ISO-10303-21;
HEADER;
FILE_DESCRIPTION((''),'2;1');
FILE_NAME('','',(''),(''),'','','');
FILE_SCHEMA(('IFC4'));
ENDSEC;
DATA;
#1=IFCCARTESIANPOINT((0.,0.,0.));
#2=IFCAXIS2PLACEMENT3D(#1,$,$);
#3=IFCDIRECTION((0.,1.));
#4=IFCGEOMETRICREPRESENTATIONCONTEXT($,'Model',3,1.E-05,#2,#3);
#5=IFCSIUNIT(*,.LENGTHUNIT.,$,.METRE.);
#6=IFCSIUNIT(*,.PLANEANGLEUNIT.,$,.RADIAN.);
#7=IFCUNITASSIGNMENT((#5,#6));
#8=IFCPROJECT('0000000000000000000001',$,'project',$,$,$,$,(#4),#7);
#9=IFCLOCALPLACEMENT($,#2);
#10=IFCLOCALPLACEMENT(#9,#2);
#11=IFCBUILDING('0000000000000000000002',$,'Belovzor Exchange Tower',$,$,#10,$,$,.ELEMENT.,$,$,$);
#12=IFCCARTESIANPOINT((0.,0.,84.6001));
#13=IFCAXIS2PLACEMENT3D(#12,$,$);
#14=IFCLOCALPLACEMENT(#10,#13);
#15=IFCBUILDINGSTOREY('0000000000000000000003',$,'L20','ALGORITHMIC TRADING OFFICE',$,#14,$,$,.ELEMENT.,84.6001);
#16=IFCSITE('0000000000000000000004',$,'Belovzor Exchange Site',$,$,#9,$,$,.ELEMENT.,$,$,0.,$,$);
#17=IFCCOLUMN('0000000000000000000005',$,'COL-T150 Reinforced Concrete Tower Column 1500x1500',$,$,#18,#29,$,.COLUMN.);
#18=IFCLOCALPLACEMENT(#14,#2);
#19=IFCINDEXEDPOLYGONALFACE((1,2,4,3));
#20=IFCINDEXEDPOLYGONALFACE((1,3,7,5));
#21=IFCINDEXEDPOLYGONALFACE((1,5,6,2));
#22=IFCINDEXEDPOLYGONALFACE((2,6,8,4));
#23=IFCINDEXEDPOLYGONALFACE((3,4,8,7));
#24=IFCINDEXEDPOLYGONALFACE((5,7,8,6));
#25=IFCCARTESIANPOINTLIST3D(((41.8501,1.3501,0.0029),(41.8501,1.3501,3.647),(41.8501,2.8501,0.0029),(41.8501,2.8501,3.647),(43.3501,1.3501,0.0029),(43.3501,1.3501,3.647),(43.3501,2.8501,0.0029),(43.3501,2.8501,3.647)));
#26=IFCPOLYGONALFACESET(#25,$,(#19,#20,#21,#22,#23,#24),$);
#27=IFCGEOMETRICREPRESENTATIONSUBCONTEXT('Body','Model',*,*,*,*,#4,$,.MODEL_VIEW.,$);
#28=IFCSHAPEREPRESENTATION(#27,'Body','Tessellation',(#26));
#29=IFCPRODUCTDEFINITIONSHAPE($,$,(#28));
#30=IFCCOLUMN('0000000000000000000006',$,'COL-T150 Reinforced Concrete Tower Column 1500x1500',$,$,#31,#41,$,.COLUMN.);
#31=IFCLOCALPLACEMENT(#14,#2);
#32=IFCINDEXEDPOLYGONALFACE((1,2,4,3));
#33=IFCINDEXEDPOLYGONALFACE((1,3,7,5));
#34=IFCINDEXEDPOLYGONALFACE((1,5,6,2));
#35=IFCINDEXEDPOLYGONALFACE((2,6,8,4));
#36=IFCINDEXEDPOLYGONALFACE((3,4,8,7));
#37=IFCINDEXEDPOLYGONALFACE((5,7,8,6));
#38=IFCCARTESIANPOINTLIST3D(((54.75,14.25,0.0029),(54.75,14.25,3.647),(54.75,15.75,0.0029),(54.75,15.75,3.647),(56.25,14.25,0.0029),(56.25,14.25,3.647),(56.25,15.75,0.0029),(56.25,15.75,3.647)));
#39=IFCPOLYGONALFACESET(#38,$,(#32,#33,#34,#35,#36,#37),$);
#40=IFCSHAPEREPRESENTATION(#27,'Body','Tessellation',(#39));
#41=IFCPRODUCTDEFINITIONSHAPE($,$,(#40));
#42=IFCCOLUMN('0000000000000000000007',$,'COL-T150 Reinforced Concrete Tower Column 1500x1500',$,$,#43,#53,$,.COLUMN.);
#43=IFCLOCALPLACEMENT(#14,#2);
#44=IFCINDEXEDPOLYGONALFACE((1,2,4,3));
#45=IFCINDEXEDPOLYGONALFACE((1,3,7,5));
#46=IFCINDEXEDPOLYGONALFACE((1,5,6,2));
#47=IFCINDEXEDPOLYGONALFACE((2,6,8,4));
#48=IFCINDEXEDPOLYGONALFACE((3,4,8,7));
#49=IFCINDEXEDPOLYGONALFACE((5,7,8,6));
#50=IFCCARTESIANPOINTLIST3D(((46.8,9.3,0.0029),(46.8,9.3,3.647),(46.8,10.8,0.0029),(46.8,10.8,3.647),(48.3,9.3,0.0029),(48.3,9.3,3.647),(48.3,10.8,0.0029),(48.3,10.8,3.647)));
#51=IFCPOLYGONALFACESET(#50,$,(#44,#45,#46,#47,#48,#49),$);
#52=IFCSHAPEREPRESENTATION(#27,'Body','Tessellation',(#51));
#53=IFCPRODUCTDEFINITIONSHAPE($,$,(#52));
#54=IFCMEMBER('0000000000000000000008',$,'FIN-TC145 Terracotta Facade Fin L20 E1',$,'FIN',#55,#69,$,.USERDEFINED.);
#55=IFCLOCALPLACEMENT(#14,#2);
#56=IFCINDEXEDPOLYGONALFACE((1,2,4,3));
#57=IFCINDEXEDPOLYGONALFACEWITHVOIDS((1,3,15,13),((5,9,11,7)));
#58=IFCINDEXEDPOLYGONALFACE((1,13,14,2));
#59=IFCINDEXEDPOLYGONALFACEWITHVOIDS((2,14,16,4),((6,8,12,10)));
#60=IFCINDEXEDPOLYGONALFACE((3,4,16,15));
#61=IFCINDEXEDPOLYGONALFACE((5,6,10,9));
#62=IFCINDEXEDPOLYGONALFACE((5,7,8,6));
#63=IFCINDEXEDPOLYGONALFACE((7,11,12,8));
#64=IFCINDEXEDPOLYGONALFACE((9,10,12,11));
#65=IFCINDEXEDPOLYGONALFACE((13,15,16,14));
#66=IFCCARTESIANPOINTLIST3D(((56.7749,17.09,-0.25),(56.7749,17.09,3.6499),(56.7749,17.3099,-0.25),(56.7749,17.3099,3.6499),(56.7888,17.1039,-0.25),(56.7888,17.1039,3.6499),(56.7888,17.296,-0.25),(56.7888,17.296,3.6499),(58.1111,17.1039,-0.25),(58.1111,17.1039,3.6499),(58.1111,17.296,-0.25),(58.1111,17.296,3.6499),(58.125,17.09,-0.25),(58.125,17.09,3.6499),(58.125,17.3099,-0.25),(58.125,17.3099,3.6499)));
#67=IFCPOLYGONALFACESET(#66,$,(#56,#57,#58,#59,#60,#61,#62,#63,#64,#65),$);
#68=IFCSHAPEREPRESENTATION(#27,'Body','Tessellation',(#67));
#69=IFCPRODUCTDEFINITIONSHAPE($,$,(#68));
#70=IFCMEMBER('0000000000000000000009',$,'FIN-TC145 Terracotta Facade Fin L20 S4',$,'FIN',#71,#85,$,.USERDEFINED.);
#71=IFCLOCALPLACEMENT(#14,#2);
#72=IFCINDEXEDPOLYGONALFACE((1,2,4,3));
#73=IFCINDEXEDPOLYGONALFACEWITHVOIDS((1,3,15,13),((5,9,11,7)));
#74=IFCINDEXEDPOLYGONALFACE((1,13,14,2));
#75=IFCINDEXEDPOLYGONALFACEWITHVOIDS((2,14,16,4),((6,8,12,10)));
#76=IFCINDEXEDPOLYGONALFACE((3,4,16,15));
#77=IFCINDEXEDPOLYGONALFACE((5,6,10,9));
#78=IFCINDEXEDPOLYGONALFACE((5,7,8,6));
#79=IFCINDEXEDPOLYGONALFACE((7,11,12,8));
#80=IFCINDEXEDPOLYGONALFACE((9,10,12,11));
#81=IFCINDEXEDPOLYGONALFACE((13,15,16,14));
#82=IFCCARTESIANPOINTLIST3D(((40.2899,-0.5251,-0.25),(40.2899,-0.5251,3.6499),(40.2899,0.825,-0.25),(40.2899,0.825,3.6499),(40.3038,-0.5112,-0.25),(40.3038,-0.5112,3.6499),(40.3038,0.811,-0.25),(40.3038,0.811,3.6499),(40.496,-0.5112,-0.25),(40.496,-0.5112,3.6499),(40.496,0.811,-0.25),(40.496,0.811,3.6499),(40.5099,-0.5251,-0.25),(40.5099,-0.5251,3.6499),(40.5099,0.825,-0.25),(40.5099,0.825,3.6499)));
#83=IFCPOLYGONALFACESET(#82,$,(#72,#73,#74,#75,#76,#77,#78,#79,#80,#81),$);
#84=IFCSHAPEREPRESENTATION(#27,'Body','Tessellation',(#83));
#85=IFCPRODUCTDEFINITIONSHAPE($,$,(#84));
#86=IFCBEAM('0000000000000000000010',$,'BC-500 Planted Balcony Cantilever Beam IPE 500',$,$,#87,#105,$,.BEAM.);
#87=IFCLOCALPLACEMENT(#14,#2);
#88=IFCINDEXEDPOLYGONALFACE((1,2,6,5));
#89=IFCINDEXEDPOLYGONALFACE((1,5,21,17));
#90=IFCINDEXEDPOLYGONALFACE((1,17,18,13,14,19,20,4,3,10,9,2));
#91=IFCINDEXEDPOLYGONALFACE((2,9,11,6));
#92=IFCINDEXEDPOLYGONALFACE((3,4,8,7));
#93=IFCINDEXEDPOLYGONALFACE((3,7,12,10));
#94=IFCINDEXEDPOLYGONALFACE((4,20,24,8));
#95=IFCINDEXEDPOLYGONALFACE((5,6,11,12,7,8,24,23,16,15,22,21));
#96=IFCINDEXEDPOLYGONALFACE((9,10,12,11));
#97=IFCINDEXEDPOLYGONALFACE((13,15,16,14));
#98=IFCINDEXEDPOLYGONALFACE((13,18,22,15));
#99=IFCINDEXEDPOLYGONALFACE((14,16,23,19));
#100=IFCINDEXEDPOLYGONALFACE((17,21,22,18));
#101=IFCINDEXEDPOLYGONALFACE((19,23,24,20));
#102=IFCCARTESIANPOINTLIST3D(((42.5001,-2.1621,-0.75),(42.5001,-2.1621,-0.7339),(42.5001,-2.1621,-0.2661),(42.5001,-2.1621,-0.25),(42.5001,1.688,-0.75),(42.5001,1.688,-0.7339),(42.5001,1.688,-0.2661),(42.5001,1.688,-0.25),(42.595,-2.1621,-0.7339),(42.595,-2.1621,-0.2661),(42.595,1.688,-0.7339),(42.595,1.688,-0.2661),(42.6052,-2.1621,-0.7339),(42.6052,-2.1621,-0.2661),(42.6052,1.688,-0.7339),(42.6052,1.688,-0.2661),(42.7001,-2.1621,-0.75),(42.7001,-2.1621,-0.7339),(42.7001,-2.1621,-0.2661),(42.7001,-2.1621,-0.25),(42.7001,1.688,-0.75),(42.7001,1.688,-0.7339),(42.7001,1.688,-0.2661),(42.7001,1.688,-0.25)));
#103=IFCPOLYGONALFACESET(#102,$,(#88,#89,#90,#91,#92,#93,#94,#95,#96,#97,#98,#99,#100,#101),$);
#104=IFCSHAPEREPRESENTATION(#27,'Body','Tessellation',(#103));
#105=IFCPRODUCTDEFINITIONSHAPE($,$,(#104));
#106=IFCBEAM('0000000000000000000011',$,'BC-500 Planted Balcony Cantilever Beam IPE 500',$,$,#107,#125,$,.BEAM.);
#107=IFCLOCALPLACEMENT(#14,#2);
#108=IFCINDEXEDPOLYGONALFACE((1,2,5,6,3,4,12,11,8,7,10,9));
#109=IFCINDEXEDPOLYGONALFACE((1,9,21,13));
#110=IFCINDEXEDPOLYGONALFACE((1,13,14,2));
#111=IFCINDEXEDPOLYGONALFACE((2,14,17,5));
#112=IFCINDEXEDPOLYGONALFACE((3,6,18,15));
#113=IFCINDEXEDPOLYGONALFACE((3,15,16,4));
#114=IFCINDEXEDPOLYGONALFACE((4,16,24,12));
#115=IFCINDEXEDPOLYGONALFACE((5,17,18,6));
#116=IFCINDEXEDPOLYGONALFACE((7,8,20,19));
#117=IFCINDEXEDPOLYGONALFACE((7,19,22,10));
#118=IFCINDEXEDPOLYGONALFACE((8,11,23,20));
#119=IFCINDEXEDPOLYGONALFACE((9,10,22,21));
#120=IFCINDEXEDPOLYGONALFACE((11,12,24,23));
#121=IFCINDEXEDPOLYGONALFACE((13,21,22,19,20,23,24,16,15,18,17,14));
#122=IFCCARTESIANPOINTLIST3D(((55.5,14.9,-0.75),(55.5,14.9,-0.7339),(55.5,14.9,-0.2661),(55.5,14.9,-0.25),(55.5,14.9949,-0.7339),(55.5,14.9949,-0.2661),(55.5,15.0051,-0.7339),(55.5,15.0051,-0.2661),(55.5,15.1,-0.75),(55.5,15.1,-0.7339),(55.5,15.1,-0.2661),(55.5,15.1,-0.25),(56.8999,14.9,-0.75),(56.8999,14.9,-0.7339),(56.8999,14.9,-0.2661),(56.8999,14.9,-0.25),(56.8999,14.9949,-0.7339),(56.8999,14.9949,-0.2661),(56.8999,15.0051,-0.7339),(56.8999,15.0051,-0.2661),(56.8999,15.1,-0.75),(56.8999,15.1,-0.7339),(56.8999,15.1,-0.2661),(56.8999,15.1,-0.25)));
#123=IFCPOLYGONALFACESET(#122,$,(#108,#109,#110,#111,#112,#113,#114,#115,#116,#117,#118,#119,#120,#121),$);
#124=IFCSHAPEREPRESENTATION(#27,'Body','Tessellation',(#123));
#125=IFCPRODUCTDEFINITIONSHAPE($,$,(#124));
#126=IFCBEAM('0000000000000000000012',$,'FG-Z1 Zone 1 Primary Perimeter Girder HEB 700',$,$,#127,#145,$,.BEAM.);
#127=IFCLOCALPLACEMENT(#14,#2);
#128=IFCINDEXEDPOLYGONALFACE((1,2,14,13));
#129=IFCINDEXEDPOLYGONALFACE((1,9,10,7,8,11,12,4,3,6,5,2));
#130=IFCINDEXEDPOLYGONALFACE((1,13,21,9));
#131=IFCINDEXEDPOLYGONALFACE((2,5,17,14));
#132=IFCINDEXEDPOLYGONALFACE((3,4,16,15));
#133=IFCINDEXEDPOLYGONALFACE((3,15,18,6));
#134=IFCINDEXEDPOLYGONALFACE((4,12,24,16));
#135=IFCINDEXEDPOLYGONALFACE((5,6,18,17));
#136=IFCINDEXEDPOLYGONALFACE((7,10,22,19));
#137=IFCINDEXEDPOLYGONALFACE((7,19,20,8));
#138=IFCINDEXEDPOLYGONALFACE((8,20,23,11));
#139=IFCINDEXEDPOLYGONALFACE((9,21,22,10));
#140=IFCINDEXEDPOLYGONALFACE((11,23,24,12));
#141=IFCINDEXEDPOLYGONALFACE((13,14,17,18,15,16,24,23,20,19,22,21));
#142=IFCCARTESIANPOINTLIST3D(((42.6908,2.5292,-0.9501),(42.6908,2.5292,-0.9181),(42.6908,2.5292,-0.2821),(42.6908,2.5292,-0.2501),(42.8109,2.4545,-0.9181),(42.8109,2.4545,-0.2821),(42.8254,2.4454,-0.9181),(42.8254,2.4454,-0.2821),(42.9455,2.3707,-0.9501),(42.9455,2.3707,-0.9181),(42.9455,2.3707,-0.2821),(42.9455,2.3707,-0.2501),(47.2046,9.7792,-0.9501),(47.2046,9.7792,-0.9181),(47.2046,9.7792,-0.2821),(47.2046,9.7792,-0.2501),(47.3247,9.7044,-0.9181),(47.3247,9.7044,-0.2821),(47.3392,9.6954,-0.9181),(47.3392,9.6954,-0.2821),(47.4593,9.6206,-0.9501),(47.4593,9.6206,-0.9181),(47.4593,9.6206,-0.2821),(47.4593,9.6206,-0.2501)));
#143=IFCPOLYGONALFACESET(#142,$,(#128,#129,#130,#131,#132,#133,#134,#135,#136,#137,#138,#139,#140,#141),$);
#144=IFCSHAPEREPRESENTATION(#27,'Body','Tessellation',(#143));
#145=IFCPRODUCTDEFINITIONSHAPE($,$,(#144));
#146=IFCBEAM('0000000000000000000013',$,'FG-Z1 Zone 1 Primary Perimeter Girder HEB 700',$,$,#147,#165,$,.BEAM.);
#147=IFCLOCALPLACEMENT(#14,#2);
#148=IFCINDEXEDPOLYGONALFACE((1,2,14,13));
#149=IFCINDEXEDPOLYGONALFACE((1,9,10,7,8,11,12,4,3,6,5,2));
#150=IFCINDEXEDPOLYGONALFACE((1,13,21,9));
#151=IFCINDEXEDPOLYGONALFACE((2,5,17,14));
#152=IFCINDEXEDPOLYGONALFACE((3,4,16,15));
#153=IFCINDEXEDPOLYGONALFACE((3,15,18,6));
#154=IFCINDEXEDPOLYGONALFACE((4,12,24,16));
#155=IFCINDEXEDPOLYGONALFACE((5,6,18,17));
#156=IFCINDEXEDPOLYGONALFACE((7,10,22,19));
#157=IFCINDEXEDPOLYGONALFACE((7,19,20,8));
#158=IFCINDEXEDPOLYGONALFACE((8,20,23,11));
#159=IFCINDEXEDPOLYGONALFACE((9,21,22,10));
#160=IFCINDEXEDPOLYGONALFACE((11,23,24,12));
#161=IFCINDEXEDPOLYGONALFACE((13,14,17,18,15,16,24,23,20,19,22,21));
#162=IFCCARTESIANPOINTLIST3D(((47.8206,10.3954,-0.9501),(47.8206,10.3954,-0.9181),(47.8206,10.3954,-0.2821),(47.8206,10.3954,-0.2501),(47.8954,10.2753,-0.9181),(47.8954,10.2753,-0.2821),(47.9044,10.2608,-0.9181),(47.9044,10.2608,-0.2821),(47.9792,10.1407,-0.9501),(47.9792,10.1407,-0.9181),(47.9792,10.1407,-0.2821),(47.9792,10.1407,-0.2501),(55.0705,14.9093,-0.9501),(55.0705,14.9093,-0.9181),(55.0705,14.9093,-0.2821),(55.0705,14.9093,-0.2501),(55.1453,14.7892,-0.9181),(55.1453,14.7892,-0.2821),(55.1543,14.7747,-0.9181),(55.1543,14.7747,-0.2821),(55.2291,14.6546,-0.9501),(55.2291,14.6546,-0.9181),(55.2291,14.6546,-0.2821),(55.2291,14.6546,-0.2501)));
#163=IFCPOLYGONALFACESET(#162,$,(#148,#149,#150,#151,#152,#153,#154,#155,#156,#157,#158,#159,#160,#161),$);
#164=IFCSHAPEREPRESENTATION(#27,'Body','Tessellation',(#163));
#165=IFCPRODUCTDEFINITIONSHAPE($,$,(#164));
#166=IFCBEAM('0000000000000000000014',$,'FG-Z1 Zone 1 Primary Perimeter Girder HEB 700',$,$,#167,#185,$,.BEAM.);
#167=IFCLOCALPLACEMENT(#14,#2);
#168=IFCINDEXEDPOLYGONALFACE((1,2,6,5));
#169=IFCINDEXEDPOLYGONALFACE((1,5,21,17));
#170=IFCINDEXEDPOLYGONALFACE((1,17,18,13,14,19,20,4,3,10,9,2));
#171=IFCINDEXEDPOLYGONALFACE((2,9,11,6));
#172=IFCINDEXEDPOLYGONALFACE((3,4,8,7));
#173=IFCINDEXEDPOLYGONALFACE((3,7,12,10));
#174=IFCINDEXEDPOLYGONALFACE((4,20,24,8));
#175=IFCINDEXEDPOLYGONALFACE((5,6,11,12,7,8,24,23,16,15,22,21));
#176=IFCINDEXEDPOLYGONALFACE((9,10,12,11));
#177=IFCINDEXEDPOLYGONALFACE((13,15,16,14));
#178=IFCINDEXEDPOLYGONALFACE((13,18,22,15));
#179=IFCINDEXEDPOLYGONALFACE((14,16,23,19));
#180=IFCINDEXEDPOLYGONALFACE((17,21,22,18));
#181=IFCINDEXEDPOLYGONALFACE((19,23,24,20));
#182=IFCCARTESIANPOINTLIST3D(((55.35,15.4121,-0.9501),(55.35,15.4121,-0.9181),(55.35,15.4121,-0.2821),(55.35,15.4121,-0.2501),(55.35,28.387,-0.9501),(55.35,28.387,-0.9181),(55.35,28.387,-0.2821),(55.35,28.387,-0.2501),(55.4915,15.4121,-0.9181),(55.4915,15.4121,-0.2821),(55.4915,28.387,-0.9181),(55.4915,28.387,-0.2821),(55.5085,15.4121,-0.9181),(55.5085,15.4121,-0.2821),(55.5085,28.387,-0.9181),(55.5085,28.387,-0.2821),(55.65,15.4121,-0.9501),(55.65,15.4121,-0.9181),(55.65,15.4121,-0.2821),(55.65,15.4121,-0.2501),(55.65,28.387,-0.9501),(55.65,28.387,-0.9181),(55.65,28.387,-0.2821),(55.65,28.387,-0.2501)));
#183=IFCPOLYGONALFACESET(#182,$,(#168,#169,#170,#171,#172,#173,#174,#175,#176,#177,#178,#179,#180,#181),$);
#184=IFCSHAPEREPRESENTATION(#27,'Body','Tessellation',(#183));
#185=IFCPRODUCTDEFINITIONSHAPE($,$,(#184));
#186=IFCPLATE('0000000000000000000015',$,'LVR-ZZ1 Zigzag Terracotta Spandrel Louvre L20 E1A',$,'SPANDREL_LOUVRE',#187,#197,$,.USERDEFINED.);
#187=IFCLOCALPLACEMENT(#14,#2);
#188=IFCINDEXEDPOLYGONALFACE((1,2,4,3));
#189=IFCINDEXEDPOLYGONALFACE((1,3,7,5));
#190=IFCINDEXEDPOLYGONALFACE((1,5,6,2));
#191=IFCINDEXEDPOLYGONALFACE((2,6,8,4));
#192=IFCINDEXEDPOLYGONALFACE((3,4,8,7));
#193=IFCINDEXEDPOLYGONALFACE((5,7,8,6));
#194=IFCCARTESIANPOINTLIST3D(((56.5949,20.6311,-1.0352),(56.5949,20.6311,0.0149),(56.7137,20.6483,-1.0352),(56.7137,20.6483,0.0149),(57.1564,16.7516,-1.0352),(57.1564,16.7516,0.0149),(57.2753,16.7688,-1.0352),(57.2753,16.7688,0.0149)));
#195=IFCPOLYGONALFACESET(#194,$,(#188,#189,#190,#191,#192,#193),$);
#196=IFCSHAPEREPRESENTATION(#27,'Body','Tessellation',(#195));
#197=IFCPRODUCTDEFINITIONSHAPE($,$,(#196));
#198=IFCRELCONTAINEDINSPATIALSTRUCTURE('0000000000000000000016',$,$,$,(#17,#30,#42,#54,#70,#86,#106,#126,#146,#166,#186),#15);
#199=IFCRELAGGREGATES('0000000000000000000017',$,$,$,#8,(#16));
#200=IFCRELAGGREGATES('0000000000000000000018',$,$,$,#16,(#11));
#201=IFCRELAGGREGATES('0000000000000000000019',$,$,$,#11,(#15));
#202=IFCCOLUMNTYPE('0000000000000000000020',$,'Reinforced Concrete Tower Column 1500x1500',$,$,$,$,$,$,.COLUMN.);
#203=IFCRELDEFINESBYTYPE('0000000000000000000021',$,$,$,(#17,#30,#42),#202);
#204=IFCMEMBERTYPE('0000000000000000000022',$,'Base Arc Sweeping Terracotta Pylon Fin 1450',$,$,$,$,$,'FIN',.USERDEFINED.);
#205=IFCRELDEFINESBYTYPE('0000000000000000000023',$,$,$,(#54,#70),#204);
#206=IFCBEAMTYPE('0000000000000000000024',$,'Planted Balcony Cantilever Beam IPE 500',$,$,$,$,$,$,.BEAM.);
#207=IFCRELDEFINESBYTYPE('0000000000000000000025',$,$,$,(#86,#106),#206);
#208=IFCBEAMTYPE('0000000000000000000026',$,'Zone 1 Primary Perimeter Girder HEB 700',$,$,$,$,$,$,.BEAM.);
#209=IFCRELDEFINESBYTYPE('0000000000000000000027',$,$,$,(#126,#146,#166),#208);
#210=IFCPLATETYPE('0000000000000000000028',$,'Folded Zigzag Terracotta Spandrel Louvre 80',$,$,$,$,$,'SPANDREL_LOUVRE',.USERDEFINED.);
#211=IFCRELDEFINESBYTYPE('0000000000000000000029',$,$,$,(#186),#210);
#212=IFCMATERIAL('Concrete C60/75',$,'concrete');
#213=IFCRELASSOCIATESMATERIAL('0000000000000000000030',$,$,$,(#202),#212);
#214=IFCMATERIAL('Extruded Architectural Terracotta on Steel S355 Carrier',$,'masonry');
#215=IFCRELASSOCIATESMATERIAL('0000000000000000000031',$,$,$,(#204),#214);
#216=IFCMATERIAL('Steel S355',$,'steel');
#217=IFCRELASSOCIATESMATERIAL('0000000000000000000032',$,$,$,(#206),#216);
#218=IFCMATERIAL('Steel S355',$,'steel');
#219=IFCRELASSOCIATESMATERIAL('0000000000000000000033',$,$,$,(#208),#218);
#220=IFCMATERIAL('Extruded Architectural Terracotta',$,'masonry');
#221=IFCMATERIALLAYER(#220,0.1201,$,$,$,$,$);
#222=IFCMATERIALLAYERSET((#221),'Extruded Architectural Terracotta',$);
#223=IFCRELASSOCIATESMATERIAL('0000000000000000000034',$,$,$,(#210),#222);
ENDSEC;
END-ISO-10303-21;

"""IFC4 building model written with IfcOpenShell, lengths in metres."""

from ifc_helpers import new_model, si_unit, direction, frame, origin, origin_2d, place, context, subcontext, project, spatial, rectangle, hollow_rectangle, i_section, extrude, material, layer, layer_set, material_profile, profile_set, type_object, element, save


model = new_model("IFC4")

# Units and contexts
model_context = context("Model", 3, precision=1e-05, world=origin(), true_north=direction((0.0, 1.0)))
body_context = subcontext(model_context, "Body", "Model", "MODEL_VIEW")
ifc_project = project(units=[si_unit("LENGTHUNIT", "METRE"), si_unit("PLANEANGLEUNIT", "RADIAN")], contexts=[model_context])

# Site, building, storey
site_placement = place(None, origin())
site = spatial("IfcSite", under=ifc_project, at=site_placement, Name="Belovzor Exchange Site", CompositionType="ELEMENT", RefElevation=0.0)
building_placement = place(site_placement, origin())
building = spatial("IfcBuilding", under=site, at=building_placement, Name="Belovzor Exchange Tower", CompositionType="ELEMENT")
storey_placement = place(building_placement, frame((0.0, 0.0, 84.6001)))
storey = spatial("IfcBuildingStorey", under=building, at=storey_placement, Name="L20", Description="ALGORITHMIC TRADING OFFICE", CompositionType="ELEMENT", Elevation=84.6001)

# Columns
ifc_material_1 = material(Name="Concrete C60/75", Category="concrete")
ifc_material_profile_1 = material_profile(ifc_material_1, rectangle(XDim=1.5, YDim=1.5, at=origin_2d()))
ifc_profile_set_1 = profile_set([ifc_material_profile_1], Name="Concrete C60/75")
column_type = type_object("IfcColumnType", Name="Reinforced Concrete Tower Column 1500x1500", PredefinedType="COLUMN", material=ifc_profile_set_1)
for number, where, z_axis, x_axis, name in (
    (1, (42.6001, 2.1001, 0.0029), (0.0, 0.0, 1.0), (1.0, 0.0, 0.0), "COL-T150 Reinforced Concrete Tower Column 1500x1500"),
    (2, (55.5, 15.0, 0.0029), (0.0, 0.0, 1.0), (1.0, 0.0, 0.0), "COL-T150 Reinforced Concrete Tower Column 1500x1500"),
    (3, (47.55, 10.05, 0.0029), (0.0, 0.0, 1.0), (1.0, 0.0, 0.0), "COL-T150 Reinforced Concrete Tower Column 1500x1500"),
):
    element("IfcColumn", number, at=place(storey_placement, frame(where, z_axis=z_axis, x_axis=x_axis)), inside=storey, type_object=column_type, Name=name, PredefinedType="COLUMN", context=body_context, shape_type="SweptSolid", body=[
        extrude(rectangle(XDim=1.5, YDim=1.5, at=origin_2d()), origin(), (0.0, 0.0, 1.0), 3.644),
    ])

# Members
ifc_material_2 = material(Name="Extruded Architectural Terracotta on Steel S355 Carrier", Category="masonry")
ifc_material_profile_2 = material_profile(ifc_material_2, hollow_rectangle(XDim=0.22, YDim=1.3501, WallThickness=0.0139, at=origin_2d()))
ifc_profile_set_2 = profile_set([ifc_material_profile_2], Name="Extruded Architectural Terracotta on Steel S355 Carrier")
member_type = type_object("IfcMemberType", Name="Base Arc Sweeping Terracotta Pylon Fin 1450", ElementType="FIN", PredefinedType="USERDEFINED", material=ifc_profile_set_2)
for number, where, z_axis, x_axis, name in (
    (4, (57.45, 17.2, -0.25), (0.0, 0.0, 1.0), (0.0, 1.0, 0.0), "FIN-TC145 Terracotta Facade Fin L20 E1"),
    (5, (40.3999, 0.1499, -0.25), (0.0, 0.0, 1.0), (1.0, 0.0, 0.0), "FIN-TC145 Terracotta Facade Fin L20 S4"),
):
    element("IfcMember", number, at=place(storey_placement, frame(where, z_axis=z_axis, x_axis=x_axis)), inside=storey, type_object=member_type, Name=name, ObjectType="FIN", PredefinedType="USERDEFINED", context=body_context, shape_type="SweptSolid", body=[
        extrude(hollow_rectangle(XDim=0.22, YDim=1.3501, WallThickness=0.0139, at=origin_2d()), origin(), (0.0, 0.0, 1.0), 3.8999),
    ])

# Beams
ifc_material_3 = material(Name="Steel S355", Category="steel")
ifc_material_profile_3 = material_profile(ifc_material_3, i_section(OverallWidth=0.2, OverallDepth=0.5, WebThickness=0.0103, FlangeThickness=0.0161, at=origin_2d()))
ifc_profile_set_3 = profile_set([ifc_material_profile_3], Name="Steel S355")
beam_type_1 = type_object("IfcBeamType", Name="Planted Balcony Cantilever Beam IPE 500", PredefinedType="BEAM", material=ifc_profile_set_3)
beam_1_placement = place(storey_placement, frame((42.6001, 1.688, -0.5), z_axis=(0.0, -1.0, 0.0), x_axis=(1.0, 0.0, 0.0)))
element("IfcBeam", 6, at=beam_1_placement, inside=storey, type_object=beam_type_1, Name="BC-500 Planted Balcony Cantilever Beam IPE 500", PredefinedType="BEAM", context=body_context, shape_type="SweptSolid", body=[
    extrude(i_section(OverallWidth=0.2, OverallDepth=0.5, WebThickness=0.0103, FlangeThickness=0.0161, at=origin_2d()), origin(), (0.0, 0.0, 1.0), 3.8501),
])
beam_2_placement = place(storey_placement, frame((55.5, 15.0, -0.5), z_axis=(1.0, 0.0, 0.0), x_axis=(0.0, 1.0, 0.0)))
element("IfcBeam", 7, at=beam_2_placement, inside=storey, type_object=beam_type_1, Name="BC-500 Planted Balcony Cantilever Beam IPE 500", PredefinedType="BEAM", context=body_context, shape_type="SweptSolid", body=[
    extrude(i_section(OverallWidth=0.2, OverallDepth=0.5, WebThickness=0.0103, FlangeThickness=0.0161, at=origin_2d()), origin(), (0.0, 0.0, 1.0), 1.3999),
])
ifc_material_4 = material(Name="Steel S355", Category="steel")
ifc_material_profile_4 = material_profile(ifc_material_4, i_section(OverallWidth=0.3, OverallDepth=0.7, WebThickness=0.0171, FlangeThickness=0.032, at=origin_2d()))
ifc_profile_set_4 = profile_set([ifc_material_profile_4], Name="Steel S355")
beam_type_2 = type_object("IfcBeamType", Name="Zone 1 Primary Perimeter Girder HEB 700", PredefinedType="BEAM", material=ifc_profile_set_4)
for number, where, z_axis, x_axis, name in (
    (8, (42.8181, 2.45, -0.6001), (0.528539, 0.848909, 0.0), (-0.848909, 0.528539, 0.0), "FG-Z1 Zone 1 Primary Perimeter Girder HEB 700"),
    (9, (47.8999, 10.2681, -0.6001), (0.848909, 0.528539, 0.0), (-0.528539, 0.848909, 0.0), "FG-Z1 Zone 1 Primary Perimeter Girder HEB 700"),
):
    element("IfcBeam", number, at=place(storey_placement, frame(where, z_axis=z_axis, x_axis=x_axis)), inside=storey, type_object=beam_type_2, Name=name, PredefinedType="BEAM", context=body_context, shape_type="SweptSolid", body=[
        extrude(i_section(OverallWidth=0.3, OverallDepth=0.7, WebThickness=0.0171, FlangeThickness=0.032, at=origin_2d()), origin(), (0.0, 0.0, 1.0), 8.5403),
    ])
beam_3_placement = place(storey_placement, frame((55.5, 15.4121, -0.6001), z_axis=(0.0, 1.0, 0.0), x_axis=(-1.0, 0.0, 0.0)))
element("IfcBeam", 10, at=beam_3_placement, inside=storey, type_object=beam_type_2, Name="FG-Z1 Zone 1 Primary Perimeter Girder HEB 700", PredefinedType="BEAM", context=body_context, shape_type="SweptSolid", body=[
    extrude(i_section(OverallWidth=0.3, OverallDepth=0.7, WebThickness=0.0171, FlangeThickness=0.032, at=origin_2d()), origin(), (0.0, 0.0, 1.0), 12.9749),
])

# Plate
ifc_material_5 = material(Name="Extruded Architectural Terracotta", Category="masonry")
ifc_layer_1 = layer(ifc_material_5, 0.1201)
ifc_layer_set_1 = layer_set([ifc_layer_1], Name="Extruded Architectural Terracotta")
plate_type = type_object("IfcPlateType", Name="Folded Zigzag Terracotta Spandrel Louvre 80", ElementType="SPANDREL_LOUVRE", PredefinedType="USERDEFINED", material=ifc_layer_set_1)
plate_placement = place(storey_placement, frame((56.9351, 18.7, -1.0352), z_axis=(0.0, 0.0, 1.0), x_axis=(-0.143251, 0.989686, 0.0)))
element("IfcPlate", 11, at=plate_placement, inside=storey, type_object=plate_type, Name="LVR-ZZ1 Zigzag Terracotta Spandrel Louvre L20 E1A", ObjectType="SPANDREL_LOUVRE", PredefinedType="USERDEFINED", context=body_context, shape_type="SweptSolid", body=[
    extrude(rectangle(XDim=3.9199, YDim=0.1201, at=origin_2d()), origin(), (0.0, 0.0, 1.0), 1.05),
])

save(model, "model.ifc")
